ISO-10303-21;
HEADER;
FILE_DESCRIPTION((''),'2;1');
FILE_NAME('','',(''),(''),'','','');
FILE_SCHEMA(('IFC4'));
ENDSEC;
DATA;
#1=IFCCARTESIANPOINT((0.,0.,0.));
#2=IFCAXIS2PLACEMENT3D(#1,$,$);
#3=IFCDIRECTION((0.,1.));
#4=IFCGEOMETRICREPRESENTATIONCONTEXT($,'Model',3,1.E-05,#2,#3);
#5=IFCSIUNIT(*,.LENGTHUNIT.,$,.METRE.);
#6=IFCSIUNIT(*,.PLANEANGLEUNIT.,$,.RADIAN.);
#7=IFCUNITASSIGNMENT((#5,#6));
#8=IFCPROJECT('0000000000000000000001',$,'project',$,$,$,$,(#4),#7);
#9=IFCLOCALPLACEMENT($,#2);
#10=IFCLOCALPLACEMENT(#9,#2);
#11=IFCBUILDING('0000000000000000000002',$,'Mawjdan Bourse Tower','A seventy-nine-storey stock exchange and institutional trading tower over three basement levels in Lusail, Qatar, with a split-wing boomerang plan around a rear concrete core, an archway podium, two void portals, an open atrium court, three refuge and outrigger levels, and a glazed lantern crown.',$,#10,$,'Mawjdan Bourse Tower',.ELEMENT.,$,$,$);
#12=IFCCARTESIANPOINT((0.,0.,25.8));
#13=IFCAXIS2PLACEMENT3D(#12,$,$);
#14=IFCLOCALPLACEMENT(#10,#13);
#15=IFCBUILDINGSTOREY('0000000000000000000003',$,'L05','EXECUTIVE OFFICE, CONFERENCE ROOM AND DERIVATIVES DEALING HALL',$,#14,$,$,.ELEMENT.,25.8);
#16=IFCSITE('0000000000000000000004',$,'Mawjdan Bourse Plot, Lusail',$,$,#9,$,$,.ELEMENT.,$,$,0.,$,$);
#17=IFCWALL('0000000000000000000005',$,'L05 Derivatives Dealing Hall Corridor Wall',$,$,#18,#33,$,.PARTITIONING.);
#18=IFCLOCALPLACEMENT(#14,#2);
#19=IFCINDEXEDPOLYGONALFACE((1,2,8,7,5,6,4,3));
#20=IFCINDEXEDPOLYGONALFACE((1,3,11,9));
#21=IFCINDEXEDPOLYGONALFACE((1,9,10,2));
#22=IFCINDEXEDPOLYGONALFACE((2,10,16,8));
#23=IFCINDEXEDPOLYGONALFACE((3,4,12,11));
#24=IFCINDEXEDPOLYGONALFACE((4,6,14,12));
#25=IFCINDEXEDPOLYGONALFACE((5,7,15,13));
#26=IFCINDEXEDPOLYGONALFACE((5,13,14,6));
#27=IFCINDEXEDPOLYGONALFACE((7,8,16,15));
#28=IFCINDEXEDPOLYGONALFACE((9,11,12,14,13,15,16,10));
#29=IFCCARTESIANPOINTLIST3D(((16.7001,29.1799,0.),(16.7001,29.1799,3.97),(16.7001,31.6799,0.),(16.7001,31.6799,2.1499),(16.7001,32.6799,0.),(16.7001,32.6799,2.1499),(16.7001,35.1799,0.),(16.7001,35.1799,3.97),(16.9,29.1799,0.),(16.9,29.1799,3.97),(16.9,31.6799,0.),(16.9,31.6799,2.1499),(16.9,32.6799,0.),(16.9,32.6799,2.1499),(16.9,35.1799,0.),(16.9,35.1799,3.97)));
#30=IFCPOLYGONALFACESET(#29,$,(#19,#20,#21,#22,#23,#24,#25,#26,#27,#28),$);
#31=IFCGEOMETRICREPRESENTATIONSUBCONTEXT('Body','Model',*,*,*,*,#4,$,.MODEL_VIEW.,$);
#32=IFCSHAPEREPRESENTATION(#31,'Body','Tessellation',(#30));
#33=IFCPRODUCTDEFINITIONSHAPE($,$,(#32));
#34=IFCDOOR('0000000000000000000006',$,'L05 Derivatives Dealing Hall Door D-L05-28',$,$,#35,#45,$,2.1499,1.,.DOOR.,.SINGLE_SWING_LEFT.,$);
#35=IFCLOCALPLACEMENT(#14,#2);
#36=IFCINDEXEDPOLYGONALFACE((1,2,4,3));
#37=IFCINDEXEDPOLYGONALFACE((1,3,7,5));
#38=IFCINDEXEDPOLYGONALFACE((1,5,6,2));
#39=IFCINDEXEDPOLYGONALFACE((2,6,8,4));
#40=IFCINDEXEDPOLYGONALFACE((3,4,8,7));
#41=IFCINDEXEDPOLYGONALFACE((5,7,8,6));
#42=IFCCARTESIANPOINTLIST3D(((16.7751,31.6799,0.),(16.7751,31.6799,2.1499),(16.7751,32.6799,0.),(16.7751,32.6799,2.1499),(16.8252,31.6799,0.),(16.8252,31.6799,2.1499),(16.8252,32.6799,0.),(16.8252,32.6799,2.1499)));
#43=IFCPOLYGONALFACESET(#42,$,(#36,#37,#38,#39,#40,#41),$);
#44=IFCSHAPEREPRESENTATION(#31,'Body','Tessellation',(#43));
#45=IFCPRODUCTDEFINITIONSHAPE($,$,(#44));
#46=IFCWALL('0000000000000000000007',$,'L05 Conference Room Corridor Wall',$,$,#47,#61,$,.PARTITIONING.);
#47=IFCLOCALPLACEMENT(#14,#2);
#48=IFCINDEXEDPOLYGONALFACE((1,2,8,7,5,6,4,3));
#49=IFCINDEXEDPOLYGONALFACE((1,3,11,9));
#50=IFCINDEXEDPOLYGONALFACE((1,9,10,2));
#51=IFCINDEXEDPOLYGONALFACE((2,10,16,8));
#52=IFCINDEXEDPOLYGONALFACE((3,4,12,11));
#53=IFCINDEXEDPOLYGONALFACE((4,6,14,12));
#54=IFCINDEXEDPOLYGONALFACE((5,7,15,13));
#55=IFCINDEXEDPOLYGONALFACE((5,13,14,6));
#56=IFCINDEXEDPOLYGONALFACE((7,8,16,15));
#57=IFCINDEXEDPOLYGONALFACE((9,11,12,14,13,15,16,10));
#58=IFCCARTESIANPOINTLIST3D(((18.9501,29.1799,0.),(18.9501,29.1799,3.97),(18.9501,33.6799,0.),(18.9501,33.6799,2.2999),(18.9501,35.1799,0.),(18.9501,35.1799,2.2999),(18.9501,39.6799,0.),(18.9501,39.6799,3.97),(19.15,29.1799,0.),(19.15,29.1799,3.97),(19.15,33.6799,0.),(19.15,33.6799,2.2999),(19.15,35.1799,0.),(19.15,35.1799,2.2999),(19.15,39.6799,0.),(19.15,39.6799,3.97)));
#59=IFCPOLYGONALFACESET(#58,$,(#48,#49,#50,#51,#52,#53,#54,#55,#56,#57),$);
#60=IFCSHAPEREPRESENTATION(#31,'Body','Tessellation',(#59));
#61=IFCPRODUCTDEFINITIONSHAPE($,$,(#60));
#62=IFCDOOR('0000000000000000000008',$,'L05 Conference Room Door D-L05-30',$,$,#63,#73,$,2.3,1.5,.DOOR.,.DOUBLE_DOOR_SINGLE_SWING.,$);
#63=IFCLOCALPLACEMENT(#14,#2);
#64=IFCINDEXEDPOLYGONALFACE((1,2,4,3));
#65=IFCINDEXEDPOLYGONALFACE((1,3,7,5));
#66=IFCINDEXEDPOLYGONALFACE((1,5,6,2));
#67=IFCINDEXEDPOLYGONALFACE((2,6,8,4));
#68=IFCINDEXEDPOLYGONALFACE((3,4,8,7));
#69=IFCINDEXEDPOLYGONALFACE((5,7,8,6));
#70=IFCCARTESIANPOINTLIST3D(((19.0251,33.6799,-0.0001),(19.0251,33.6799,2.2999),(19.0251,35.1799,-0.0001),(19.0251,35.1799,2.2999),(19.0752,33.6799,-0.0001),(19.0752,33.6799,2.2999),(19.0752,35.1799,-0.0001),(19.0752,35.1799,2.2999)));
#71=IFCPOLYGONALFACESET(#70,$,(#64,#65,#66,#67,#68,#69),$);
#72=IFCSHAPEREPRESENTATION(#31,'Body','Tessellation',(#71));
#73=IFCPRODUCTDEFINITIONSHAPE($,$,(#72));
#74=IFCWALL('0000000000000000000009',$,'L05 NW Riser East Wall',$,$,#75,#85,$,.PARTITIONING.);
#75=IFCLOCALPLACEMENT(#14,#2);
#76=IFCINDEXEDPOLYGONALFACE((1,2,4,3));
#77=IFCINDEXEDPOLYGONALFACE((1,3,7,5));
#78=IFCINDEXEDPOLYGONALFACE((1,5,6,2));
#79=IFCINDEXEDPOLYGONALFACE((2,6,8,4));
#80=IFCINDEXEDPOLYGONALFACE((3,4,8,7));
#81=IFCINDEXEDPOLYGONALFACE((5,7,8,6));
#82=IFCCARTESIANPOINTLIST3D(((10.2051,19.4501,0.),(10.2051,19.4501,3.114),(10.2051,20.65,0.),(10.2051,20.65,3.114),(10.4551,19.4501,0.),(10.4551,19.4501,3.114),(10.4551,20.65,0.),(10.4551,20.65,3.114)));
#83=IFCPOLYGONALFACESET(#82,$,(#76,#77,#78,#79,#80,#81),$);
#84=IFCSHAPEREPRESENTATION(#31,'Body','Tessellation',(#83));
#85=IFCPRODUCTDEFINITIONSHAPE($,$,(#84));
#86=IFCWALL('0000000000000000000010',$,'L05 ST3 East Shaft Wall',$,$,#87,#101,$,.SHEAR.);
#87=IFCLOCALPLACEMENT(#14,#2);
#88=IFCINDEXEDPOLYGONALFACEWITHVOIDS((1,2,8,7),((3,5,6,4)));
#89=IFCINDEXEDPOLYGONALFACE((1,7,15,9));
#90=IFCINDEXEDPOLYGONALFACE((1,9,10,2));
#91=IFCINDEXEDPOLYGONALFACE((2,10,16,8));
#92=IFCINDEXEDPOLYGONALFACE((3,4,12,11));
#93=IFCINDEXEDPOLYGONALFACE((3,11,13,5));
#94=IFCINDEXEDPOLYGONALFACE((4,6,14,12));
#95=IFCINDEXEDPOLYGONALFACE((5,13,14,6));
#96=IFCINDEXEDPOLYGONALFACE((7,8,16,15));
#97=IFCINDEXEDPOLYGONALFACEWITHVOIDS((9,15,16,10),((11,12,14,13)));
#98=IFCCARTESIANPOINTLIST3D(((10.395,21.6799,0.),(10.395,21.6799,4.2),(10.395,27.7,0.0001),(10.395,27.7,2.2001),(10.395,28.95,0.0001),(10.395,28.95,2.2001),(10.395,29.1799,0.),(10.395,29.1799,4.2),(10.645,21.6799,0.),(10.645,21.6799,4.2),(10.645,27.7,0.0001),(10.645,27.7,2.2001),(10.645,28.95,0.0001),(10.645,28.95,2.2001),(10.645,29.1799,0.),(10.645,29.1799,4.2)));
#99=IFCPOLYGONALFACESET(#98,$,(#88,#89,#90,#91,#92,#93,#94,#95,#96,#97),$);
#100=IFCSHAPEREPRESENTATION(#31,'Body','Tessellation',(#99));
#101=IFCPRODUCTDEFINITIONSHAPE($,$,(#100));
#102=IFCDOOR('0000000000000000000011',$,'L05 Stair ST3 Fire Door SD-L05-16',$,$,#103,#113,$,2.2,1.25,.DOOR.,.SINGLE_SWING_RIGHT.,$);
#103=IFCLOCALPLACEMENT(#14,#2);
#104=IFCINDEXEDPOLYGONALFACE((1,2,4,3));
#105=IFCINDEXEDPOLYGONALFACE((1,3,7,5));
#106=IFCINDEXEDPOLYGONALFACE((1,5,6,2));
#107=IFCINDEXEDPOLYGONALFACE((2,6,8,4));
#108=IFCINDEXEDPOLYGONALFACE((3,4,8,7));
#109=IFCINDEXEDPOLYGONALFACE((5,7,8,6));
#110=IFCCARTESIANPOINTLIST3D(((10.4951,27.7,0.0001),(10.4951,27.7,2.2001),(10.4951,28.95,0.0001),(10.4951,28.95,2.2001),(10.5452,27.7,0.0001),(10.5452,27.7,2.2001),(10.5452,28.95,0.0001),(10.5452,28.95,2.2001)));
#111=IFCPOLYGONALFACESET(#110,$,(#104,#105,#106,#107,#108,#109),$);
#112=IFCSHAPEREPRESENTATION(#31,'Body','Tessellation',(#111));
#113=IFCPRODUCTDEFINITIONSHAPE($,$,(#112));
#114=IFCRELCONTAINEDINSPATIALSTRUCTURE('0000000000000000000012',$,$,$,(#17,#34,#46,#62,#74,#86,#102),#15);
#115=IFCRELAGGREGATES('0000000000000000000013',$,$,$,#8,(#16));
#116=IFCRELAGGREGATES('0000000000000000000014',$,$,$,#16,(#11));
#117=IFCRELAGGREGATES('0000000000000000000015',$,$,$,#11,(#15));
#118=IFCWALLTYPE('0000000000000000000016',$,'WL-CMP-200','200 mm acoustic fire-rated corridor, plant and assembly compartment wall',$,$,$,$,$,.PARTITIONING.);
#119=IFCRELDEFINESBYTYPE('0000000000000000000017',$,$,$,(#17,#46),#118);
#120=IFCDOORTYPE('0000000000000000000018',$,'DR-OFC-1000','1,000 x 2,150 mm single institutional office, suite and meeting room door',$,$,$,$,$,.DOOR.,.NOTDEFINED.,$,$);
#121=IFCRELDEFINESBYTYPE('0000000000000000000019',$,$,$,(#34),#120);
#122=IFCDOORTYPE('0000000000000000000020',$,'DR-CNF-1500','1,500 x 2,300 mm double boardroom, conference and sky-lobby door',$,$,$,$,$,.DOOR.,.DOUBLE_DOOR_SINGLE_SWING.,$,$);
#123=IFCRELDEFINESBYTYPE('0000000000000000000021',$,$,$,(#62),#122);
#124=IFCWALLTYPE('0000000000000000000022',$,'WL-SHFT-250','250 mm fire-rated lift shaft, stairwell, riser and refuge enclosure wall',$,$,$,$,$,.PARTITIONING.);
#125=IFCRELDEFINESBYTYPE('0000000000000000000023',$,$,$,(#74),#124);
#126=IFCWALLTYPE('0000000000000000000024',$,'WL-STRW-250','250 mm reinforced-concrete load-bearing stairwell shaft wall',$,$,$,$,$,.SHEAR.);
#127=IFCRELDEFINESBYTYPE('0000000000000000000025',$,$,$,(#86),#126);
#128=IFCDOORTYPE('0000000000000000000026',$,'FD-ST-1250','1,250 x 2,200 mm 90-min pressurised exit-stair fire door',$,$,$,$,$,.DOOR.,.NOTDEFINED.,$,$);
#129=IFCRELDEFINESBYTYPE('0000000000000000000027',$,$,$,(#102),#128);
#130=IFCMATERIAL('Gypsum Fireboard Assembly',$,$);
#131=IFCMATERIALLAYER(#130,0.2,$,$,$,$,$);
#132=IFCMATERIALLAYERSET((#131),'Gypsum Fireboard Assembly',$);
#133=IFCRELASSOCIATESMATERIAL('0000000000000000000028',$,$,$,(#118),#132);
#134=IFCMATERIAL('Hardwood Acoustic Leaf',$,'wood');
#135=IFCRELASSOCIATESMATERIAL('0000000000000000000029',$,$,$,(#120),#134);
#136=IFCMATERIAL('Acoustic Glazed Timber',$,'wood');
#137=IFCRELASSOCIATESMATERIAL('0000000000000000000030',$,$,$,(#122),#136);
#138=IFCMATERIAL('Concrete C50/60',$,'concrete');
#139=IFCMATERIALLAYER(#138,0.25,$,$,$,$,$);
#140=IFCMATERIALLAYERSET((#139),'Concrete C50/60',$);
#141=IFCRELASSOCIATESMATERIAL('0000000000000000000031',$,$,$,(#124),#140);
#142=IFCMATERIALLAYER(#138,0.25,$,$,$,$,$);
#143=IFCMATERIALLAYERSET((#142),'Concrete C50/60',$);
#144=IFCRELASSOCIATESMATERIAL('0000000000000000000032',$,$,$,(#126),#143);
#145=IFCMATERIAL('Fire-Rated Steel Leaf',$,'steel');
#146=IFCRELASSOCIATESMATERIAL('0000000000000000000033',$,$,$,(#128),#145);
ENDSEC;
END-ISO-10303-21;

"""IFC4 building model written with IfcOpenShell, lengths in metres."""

from ifc_helpers import new_model, si_unit, direction, frame, frame_2d, origin, place, context, subcontext, project, spatial, rectangle, extrude, material, layer, layer_set, type_object, element, fill, save


model = new_model("IFC4")

# Units and contexts
model_context = context("Model", 3, precision=1e-05, world=origin(), true_north=direction((0.0, 1.0)))
body_context = subcontext(model_context, "Body", "Model", "MODEL_VIEW")
ifc_project = project(units=[si_unit("LENGTHUNIT", "METRE"), si_unit("PLANEANGLEUNIT", "RADIAN")], contexts=[model_context])

# Site, building, storey
site_placement = place(None, origin())
site = spatial("IfcSite", under=ifc_project, at=site_placement, Name="Mawjdan Bourse Plot, Lusail", CompositionType="ELEMENT", RefElevation=0.0)
building_placement = place(site_placement, origin())
building = spatial("IfcBuilding", under=site, at=building_placement, Name="Mawjdan Bourse Tower", Description="A seventy-nine-storey stock exchange and institutional trading tower over three basement levels in Lusail, Qatar, with a split-wing boomerang plan around a rear concrete core, an archway podium, two void portals, an open atrium court, three refuge and outrigger levels, and a glazed lantern crown.", LongName="Mawjdan Bourse Tower", CompositionType="ELEMENT")
storey_placement = place(building_placement, frame((0.0, 0.0, 25.8)))
storey = spatial("IfcBuildingStorey", under=building, at=storey_placement, Name="L05", Description="EXECUTIVE OFFICE, CONFERENCE ROOM AND DERIVATIVES DEALING HALL", CompositionType="ELEMENT", Elevation=25.8)

# Shared definitions
ifc_material_1 = material(Name="Gypsum Fireboard Assembly")
ifc_layer_1 = layer(ifc_material_1, 0.2)
ifc_layer_set_1 = layer_set([ifc_layer_1], Name="Gypsum Fireboard Assembly")
wall_type_1 = type_object("IfcWallType", Name="WL-CMP-200", Description="200 mm acoustic fire-rated corridor, plant and assembly compartment wall", PredefinedType="PARTITIONING", material=ifc_layer_set_1)
ifc_material_2 = material(Name="Hardwood Acoustic Leaf", Category="wood")
door_type_1 = type_object("IfcDoorType", Name="DR-OFC-1000", Description="1,000 x 2,150 mm single institutional office, suite and meeting room door", OperationType="NOTDEFINED", PredefinedType="DOOR", material=ifc_material_2)

# Walls, openings, doors
wall_1_placement = place(storey_placement, frame((16.8, 29.1799, 0.0), z_axis=(0.0, 0.0, 1.0), x_axis=(0.0, 1.0, 0.0)))
wall_1 = element("IfcWall", 1, at=wall_1_placement, inside=storey, type_object=wall_type_1, Name="L05 Derivatives Dealing Hall Corridor Wall", PredefinedType="PARTITIONING", context=body_context, shape_type="SweptSolid", body=[
    extrude(rectangle(XDim=6.0, YDim=0.2, at=frame_2d((3.0, 0.0))), origin(), (0.0, 0.0, 1.0), 3.97),
])
opening_1_placement = place(wall_1_placement, frame((2.5, 0.0, 0.0)))
opening_1 = element("IfcOpeningElement", 2, at=opening_1_placement, cuts=wall_1, PredefinedType="OPENING", context=body_context, shape_type="SweptSolid", body=[
    extrude(rectangle(XDim=1.0, YDim=2.1499, at=frame_2d((0.5, 1.075))), frame((0.0, 0.1099, 0.0), z_axis=(0.0, -1.0, 0.0), x_axis=(1.0, 0.0, 0.0)), (0.0, 0.0, 1.0), 0.22),
])
door_1_placement = place(opening_1_placement, origin())
door_1 = element("IfcDoor", 3, at=door_1_placement, inside=storey, type_object=door_type_1, Name="L05 Derivatives Dealing Hall Door D-L05-28", OperationType="SINGLE_SWING_LEFT", OverallHeight=2.1499, OverallWidth=1.0, PredefinedType="DOOR", context=body_context, shape_type="SweptSolid", body=[
    extrude(rectangle(XDim=1.0, YDim=2.1499, at=frame_2d((0.5, 1.075))), frame((0.0, 0.0249, 0.0), z_axis=(0.0, -1.0, 0.0), x_axis=(1.0, 0.0, 0.0)), (0.0, 0.0, 1.0), 0.05),
])
fill(opening_1, door_1)
wall_2_placement = place(storey_placement, frame((19.05, 29.1799, 0.0), z_axis=(0.0, 0.0, 1.0), x_axis=(0.0, 1.0, 0.0)))
wall_2 = element("IfcWall", 4, at=wall_2_placement, inside=storey, type_object=wall_type_1, Name="L05 Conference Room Corridor Wall", PredefinedType="PARTITIONING", context=body_context, shape_type="SweptSolid", body=[
    extrude(rectangle(XDim=10.5, YDim=0.2, at=frame_2d((5.25, 0.0))), origin(), (0.0, 0.0, 1.0), 3.97),
])
opening_2_placement = place(wall_2_placement, frame((4.5, 0.0, 0.0)))
opening_2 = element("IfcOpeningElement", 5, at=opening_2_placement, cuts=wall_2, PredefinedType="OPENING", context=body_context, shape_type="SweptSolid", body=[
    extrude(rectangle(XDim=1.5, YDim=2.3, at=frame_2d((0.75, 1.1499))), frame((0.0, 0.1099, 0.0), z_axis=(0.0, -1.0, 0.0), x_axis=(1.0, 0.0, 0.0)), (0.0, 0.0, 1.0), 0.22),
])
ifc_material_3 = material(Name="Acoustic Glazed Timber", Category="wood")
door_type_2 = type_object("IfcDoorType", Name="DR-CNF-1500", Description="1,500 x 2,300 mm double boardroom, conference and sky-lobby door", OperationType="DOUBLE_DOOR_SINGLE_SWING", PredefinedType="DOOR", material=ifc_material_3)
door_2_placement = place(opening_2_placement, origin())
door_2 = element("IfcDoor", 6, at=door_2_placement, inside=storey, type_object=door_type_2, Name="L05 Conference Room Door D-L05-30", OperationType="DOUBLE_DOOR_SINGLE_SWING", OverallHeight=2.3, OverallWidth=1.5, PredefinedType="DOOR", context=body_context, shape_type="SweptSolid", body=[
    extrude(rectangle(XDim=1.5, YDim=2.3, at=frame_2d((0.75, 1.1499))), frame((0.0, 0.0249, 0.0), z_axis=(0.0, -1.0, 0.0), x_axis=(1.0, 0.0, 0.0)), (0.0, 0.0, 1.0), 0.05),
])
fill(opening_2, door_2)

# Wall
ifc_material_4 = material(Name="Concrete C50/60", Category="concrete")
ifc_layer_2 = layer(ifc_material_4, 0.25)
ifc_layer_set_2 = layer_set([ifc_layer_2], Name="Concrete C50/60")
wall_type_2 = type_object("IfcWallType", Name="WL-SHFT-250", Description="250 mm fire-rated lift shaft, stairwell, riser and refuge enclosure wall", PredefinedType="PARTITIONING", material=ifc_layer_set_2)
wall_3_placement = place(storey_placement, frame((10.3301, 19.45, 0.0), z_axis=(0.0, 0.0, 1.0), x_axis=(0.0, 1.0, 0.0)))
element("IfcWall", 7, at=wall_3_placement, inside=storey, type_object=wall_type_2, Name="L05 NW Riser East Wall", PredefinedType="PARTITIONING", context=body_context, shape_type="SweptSolid", body=[
    extrude(rectangle(XDim=1.2, YDim=0.25, at=frame_2d((0.6001, 0.0))), origin(), (0.0, 0.0, 1.0), 3.114),
])

# Wall, opening, door
ifc_layer_3 = layer(ifc_material_4, 0.25)
ifc_layer_set_3 = layer_set([ifc_layer_3], Name="Concrete C50/60")
wall_type_3 = type_object("IfcWallType", Name="WL-STRW-250", Description="250 mm reinforced-concrete load-bearing stairwell shaft wall", PredefinedType="SHEAR", material=ifc_layer_set_3)
wall_4_placement = place(storey_placement, frame((10.52, 21.6799, 0.0), z_axis=(0.0, 0.0, 1.0), x_axis=(0.0, 1.0, 0.0)))
wall_4 = element("IfcWall", 8, at=wall_4_placement, inside=storey, type_object=wall_type_3, Name="L05 ST3 East Shaft Wall", PredefinedType="SHEAR", context=body_context, shape_type="SweptSolid", body=[
    extrude(rectangle(XDim=7.5, YDim=0.25, at=frame_2d((3.75, 0.0))), origin(), (0.0, 0.0, 1.0), 4.2),
])
opening_3_placement = place(wall_4_placement, frame((6.02, 0.0, 0.0)))
opening_3 = element("IfcOpeningElement", 9, at=opening_3_placement, cuts=wall_4, PredefinedType="OPENING", context=body_context, shape_type="SweptSolid", body=[
    extrude(rectangle(XDim=1.25, YDim=2.2, at=frame_2d((0.625, 1.1001))), frame((0.0, 0.135, 0.0), z_axis=(0.0, -1.0, 0.0), x_axis=(1.0, 0.0, 0.0)), (0.0, 0.0, 1.0), 0.27),
])
ifc_material_5 = material(Name="Fire-Rated Steel Leaf", Category="steel")
door_type_3 = type_object("IfcDoorType", Name="FD-ST-1250", Description="1,250 x 2,200 mm 90-min pressurised exit-stair fire door", OperationType="NOTDEFINED", PredefinedType="DOOR", material=ifc_material_5)
door_3_placement = place(opening_3_placement, origin())
door_3 = element("IfcDoor", 10, at=door_3_placement, inside=storey, type_object=door_type_3, Name="L05 Stair ST3 Fire Door SD-L05-16", OperationType="SINGLE_SWING_RIGHT", OverallHeight=2.2, OverallWidth=1.25, PredefinedType="DOOR", context=body_context, shape_type="SweptSolid", body=[
    extrude(rectangle(XDim=1.25, YDim=2.2, at=frame_2d((0.625, 1.1001))), frame((0.0, 0.0249, 0.0), z_axis=(0.0, -1.0, 0.0), x_axis=(1.0, 0.0, 0.0)), (0.0, 0.0, 1.0), 0.05),
])
fill(opening_3, door_3)

save(model, "model.ifc")
